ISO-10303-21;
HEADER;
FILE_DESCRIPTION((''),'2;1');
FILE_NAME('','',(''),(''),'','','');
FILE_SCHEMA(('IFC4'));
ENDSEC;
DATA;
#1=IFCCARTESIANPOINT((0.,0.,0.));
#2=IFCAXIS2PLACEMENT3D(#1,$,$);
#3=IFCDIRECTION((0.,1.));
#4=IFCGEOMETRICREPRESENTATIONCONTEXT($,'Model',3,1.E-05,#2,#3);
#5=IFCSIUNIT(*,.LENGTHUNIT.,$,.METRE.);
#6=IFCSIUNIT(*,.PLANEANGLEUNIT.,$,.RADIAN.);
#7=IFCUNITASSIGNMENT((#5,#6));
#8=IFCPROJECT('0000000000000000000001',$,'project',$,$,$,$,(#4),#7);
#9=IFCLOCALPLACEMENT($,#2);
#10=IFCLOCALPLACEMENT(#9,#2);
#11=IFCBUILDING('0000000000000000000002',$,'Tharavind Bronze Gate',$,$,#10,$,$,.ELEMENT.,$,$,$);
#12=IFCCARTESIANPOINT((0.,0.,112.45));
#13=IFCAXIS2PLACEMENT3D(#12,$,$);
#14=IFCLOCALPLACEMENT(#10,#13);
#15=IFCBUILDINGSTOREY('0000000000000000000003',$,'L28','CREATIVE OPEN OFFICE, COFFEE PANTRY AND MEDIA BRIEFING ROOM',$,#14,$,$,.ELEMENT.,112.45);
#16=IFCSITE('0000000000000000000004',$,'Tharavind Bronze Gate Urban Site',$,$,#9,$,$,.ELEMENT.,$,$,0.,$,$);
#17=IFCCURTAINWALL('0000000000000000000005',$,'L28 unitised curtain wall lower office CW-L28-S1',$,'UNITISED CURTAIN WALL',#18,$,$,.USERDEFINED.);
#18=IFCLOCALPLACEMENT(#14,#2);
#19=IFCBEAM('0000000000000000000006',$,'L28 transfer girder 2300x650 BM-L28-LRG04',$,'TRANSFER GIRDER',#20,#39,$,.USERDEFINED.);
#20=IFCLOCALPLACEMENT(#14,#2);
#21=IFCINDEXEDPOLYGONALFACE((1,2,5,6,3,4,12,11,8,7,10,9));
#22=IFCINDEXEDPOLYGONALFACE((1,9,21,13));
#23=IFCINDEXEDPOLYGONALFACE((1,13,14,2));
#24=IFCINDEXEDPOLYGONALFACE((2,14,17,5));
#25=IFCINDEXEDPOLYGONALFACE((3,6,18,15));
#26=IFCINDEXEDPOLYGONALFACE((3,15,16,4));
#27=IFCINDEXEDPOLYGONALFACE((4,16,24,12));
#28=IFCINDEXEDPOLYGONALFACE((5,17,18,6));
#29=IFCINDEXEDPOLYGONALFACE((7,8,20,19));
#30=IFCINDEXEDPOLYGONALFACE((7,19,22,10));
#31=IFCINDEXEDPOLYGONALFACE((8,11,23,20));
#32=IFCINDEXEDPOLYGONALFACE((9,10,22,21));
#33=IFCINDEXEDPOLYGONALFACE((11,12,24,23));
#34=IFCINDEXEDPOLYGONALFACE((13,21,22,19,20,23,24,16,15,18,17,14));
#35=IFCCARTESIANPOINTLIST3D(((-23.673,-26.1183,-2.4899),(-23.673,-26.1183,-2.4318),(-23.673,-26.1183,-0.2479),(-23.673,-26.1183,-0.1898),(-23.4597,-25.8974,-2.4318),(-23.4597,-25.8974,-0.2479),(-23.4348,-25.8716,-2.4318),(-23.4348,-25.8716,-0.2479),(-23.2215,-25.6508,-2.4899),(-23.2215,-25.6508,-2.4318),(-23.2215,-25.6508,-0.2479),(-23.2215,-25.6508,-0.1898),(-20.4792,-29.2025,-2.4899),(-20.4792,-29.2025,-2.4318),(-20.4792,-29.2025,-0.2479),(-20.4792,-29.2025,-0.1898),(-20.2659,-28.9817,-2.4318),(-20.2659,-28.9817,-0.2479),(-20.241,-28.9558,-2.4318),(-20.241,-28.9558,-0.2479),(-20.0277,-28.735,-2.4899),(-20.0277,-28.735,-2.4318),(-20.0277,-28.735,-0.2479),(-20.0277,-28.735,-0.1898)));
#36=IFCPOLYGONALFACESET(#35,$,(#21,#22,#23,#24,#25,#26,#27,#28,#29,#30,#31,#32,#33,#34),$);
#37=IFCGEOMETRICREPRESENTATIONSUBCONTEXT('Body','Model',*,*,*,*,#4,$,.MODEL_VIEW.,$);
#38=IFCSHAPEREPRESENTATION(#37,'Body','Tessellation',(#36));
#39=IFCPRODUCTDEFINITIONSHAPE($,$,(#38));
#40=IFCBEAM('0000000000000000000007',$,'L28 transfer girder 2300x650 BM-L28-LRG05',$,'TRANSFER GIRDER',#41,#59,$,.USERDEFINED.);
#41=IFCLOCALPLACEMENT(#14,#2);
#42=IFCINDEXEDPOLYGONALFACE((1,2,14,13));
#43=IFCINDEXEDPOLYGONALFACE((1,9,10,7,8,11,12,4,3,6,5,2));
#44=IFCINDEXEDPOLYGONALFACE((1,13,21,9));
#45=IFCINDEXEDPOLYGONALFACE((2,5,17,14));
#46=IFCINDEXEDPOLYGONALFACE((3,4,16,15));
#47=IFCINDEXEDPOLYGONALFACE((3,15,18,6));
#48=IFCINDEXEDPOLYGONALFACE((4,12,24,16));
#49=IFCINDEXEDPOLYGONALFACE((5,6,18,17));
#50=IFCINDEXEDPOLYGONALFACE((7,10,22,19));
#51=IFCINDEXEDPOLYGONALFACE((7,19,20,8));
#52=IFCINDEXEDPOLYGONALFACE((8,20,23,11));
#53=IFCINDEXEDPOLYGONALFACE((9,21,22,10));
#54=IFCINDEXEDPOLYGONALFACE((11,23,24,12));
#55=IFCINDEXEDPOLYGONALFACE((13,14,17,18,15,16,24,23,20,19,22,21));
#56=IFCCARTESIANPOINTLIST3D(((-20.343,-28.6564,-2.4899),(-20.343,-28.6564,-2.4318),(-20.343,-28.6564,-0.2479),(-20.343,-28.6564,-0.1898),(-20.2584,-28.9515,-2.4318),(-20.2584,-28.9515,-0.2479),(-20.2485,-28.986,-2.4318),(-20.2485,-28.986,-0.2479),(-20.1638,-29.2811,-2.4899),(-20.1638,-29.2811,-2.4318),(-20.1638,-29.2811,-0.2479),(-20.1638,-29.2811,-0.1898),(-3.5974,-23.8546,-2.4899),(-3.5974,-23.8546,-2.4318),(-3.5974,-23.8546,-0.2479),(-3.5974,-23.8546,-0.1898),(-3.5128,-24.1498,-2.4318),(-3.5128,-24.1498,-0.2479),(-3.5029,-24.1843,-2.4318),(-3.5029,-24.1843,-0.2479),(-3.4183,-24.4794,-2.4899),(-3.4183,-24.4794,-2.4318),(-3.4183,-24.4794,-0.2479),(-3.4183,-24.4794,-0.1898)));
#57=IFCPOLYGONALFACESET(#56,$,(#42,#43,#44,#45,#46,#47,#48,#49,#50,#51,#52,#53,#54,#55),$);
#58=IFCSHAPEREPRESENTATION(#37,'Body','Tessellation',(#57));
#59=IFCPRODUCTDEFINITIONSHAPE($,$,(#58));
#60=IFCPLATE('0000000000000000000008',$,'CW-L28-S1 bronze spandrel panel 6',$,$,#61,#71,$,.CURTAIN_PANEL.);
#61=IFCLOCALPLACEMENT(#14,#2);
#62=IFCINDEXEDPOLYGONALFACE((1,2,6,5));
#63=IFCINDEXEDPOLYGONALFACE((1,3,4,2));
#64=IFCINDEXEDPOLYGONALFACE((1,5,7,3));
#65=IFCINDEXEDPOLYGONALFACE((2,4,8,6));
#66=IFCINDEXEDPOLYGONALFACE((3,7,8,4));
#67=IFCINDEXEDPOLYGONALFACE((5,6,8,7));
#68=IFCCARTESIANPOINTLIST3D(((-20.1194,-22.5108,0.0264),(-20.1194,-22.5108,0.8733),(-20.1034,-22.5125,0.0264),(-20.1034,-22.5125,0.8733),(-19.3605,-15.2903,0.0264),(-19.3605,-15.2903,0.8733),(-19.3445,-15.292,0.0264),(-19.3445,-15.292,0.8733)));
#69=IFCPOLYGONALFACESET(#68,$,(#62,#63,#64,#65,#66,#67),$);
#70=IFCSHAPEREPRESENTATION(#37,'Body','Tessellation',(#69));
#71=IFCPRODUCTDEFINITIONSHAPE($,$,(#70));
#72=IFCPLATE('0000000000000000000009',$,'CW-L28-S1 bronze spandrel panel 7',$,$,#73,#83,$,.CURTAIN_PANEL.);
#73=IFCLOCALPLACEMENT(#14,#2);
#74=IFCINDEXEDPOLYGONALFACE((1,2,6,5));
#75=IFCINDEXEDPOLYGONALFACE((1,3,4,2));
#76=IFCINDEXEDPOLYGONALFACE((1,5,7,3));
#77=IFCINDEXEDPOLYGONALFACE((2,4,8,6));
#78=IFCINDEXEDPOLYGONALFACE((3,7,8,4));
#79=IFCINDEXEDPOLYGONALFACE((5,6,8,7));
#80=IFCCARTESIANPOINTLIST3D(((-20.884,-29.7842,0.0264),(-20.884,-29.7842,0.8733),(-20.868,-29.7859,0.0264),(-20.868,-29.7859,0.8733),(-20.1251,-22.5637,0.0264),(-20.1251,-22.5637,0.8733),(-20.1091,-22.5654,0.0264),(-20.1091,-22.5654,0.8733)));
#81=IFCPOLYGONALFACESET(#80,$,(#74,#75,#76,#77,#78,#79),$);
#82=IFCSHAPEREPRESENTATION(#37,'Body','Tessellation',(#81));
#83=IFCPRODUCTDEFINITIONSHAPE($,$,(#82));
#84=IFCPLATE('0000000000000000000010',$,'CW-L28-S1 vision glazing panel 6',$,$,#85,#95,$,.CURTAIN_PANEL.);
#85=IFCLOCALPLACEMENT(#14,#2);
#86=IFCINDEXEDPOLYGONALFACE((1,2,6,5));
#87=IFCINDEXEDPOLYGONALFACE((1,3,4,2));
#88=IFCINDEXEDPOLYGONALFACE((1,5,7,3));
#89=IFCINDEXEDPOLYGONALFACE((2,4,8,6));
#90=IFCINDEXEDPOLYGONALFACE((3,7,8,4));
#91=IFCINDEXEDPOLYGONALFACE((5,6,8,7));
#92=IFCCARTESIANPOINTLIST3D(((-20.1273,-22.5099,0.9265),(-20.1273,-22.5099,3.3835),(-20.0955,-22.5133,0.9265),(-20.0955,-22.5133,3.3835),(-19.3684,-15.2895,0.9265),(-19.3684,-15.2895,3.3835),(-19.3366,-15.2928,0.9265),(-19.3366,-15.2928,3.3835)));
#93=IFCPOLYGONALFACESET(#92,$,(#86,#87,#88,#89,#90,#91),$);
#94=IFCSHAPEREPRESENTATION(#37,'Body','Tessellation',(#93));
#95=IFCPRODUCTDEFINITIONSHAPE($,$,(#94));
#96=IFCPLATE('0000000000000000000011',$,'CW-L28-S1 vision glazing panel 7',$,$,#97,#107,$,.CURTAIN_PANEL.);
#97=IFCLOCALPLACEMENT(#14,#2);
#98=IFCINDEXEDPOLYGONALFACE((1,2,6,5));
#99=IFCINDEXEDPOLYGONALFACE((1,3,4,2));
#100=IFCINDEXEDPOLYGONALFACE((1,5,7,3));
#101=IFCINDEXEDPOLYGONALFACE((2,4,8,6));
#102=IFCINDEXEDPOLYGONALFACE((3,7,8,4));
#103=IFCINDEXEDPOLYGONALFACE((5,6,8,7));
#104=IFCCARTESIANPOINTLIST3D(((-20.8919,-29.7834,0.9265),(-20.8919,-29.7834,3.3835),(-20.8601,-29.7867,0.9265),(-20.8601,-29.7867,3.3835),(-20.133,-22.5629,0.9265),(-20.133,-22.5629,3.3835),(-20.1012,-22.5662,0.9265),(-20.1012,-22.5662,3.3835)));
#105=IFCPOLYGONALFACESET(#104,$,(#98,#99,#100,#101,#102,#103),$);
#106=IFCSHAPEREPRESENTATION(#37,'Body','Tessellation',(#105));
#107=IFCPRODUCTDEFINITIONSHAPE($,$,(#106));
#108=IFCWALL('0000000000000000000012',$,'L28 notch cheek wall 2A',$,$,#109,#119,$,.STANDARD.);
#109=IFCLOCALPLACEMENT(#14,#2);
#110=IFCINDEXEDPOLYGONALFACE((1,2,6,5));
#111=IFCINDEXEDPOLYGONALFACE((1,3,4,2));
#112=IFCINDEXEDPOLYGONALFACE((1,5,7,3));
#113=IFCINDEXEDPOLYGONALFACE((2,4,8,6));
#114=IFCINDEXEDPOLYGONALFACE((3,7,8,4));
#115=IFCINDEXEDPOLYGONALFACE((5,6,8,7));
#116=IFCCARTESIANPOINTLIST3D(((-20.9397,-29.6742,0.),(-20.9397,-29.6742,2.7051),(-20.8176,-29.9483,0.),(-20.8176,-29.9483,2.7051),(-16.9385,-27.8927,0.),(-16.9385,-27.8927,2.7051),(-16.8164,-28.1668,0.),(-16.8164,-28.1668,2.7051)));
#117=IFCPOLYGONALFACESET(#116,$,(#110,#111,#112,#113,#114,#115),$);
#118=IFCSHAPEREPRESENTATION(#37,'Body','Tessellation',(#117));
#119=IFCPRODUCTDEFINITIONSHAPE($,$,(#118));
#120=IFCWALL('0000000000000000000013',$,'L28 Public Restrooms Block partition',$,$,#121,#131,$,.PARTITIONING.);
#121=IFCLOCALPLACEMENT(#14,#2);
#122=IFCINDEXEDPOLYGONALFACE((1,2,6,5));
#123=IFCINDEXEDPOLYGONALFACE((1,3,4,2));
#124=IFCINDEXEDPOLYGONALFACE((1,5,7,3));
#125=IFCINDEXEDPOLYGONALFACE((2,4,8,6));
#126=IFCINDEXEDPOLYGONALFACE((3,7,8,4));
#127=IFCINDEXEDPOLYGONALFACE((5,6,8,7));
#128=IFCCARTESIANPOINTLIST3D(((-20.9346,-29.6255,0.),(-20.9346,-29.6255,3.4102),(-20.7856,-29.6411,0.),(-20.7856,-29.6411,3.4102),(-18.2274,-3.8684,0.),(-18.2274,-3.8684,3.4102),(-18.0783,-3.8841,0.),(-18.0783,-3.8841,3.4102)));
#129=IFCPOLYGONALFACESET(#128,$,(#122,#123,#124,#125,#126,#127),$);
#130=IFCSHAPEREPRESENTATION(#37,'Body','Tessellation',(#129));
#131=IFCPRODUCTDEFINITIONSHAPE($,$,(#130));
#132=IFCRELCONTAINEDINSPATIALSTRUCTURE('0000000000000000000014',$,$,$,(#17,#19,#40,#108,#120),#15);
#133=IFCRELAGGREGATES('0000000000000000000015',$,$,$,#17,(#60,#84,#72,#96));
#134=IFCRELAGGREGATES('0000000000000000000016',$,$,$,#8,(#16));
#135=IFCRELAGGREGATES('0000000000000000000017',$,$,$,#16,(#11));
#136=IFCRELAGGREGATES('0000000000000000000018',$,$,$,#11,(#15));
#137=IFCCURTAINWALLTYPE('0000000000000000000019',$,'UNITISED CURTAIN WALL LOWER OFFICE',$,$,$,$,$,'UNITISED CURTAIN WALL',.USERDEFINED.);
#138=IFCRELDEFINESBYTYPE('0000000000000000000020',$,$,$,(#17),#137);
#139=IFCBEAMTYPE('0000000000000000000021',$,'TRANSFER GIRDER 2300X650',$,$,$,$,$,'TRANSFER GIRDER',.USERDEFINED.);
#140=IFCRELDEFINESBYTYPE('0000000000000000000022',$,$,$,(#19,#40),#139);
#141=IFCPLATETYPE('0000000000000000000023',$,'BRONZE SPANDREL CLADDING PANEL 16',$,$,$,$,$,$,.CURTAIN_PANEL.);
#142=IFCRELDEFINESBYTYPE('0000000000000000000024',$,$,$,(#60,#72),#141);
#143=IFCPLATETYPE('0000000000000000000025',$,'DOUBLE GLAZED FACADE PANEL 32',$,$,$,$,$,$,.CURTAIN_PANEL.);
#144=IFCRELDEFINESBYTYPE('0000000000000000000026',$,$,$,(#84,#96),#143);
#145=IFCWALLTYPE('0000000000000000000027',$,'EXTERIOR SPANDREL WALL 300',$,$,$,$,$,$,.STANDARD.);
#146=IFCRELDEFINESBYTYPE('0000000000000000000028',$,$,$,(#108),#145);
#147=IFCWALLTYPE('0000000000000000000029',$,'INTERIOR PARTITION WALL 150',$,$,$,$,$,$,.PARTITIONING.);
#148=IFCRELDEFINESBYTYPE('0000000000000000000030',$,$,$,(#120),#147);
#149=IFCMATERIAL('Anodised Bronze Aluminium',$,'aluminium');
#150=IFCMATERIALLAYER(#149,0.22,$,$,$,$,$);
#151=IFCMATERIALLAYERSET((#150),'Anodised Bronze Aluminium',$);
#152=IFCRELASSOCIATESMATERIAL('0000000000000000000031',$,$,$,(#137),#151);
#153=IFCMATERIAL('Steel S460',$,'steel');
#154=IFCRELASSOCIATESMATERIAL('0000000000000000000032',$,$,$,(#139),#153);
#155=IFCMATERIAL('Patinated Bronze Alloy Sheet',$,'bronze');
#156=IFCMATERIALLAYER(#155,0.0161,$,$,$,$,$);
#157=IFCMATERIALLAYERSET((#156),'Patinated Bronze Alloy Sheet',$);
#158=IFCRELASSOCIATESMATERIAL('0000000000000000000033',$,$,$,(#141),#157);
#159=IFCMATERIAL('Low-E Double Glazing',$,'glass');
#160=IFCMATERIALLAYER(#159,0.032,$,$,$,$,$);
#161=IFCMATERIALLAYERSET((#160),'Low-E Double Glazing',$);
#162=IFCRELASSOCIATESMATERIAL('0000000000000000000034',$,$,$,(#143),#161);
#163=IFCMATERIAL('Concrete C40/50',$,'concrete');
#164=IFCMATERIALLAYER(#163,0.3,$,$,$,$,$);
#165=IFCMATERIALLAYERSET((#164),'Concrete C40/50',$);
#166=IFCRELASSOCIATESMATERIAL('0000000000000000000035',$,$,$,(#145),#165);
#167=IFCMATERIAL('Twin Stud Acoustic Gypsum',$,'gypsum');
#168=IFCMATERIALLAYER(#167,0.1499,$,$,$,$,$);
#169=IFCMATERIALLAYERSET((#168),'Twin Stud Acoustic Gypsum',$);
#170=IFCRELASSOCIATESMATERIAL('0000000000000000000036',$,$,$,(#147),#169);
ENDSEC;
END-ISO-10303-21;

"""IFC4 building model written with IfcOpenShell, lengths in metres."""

from ifc_helpers import new_model, si_unit, direction, frame, frame_2d, origin, origin_2d, place, context, subcontext, project, spatial, rectangle, i_section, extrude, material, layer, layer_set, material_profile, profile_set, type_object, element, aggregate, save


model = new_model("IFC4")

# Units and contexts
model_context = context("Model", 3, precision=1e-05, world=origin(), true_north=direction((0.0, 1.0)))
body_context = subcontext(model_context, "Body", "Model", "MODEL_VIEW")
ifc_project = project(units=[si_unit("LENGTHUNIT", "METRE"), si_unit("PLANEANGLEUNIT", "RADIAN")], contexts=[model_context])

# Site, building, storey
site_placement = place(None, origin())
site = spatial("IfcSite", under=ifc_project, at=site_placement, Name="Tharavind Bronze Gate Urban Site", CompositionType="ELEMENT", RefElevation=0.0)
building_placement = place(site_placement, origin())
building = spatial("IfcBuilding", under=site, at=building_placement, Name="Tharavind Bronze Gate", CompositionType="ELEMENT")
storey_placement = place(building_placement, frame((0.0, 0.0, 112.45)))
storey = spatial("IfcBuildingStorey", under=building, at=storey_placement, Name="L28", Description="CREATIVE OPEN OFFICE, COFFEE PANTRY AND MEDIA BRIEFING ROOM", CompositionType="ELEMENT", Elevation=112.45)

# Shared definitions
ifc_material_1 = material(Name="Steel S460", Category="steel")

# Curtain wall
ifc_material_2 = material(Name="Anodised Bronze Aluminium", Category="aluminium")
ifc_layer_1 = layer(ifc_material_2, 0.22)
ifc_layer_set_1 = layer_set([ifc_layer_1], Name="Anodised Bronze Aluminium")
curtain_wall_type = type_object("IfcCurtainWallType", Name="UNITISED CURTAIN WALL LOWER OFFICE", ElementType="UNITISED CURTAIN WALL", PredefinedType="USERDEFINED", material=ifc_layer_set_1)
curtain_wall_1_placement = place(storey_placement, origin())
curtain_wall_1 = element("IfcCurtainWall", 1, at=curtain_wall_1_placement, inside=storey, type_object=curtain_wall_type, Name="L28 unitised curtain wall lower office CW-L28-S1", ObjectType="UNITISED CURTAIN WALL", PredefinedType="USERDEFINED")

# Beams
ifc_material_profile_1 = material_profile(ifc_material_1, i_section(OverallWidth=0.6499, OverallDepth=2.3, WebThickness=0.0359, FlangeThickness=0.0581, at=origin_2d()), Name="PG2300X650")
ifc_profile_set_1 = profile_set([ifc_material_profile_1], Name="Steel S460")
beam_type_1 = type_object("IfcBeamType", Name="TRANSFER GIRDER 2300X650", ElementType="TRANSFER GIRDER", PredefinedType="USERDEFINED", material=ifc_profile_set_1)
beam_1_placement = place(storey_placement, frame((-23.4473, -25.8845, -1.3398), z_axis=(0.719344, -0.694654, 0.0), x_axis=(0.694654, 0.719344, 0.0)))
element("IfcBeam", 2, at=beam_1_placement, inside=storey, type_object=beam_type_1, Name="L28 transfer girder 2300x650 BM-L28-LRG04", ObjectType="TRANSFER GIRDER", PredefinedType="USERDEFINED", context=body_context, shape_type="SweptSolid", body=[
    extrude(i_section(OverallWidth=0.6499, OverallDepth=2.3, WebThickness=0.0359, FlangeThickness=0.0581, at=origin_2d()), origin(), (0.0, 0.0, 1.0), 4.4399),
])
beam_2_placement = place(storey_placement, frame((-20.2534, -28.9688, -1.3398), z_axis=(0.961261, 0.275639, 0.0), x_axis=(-0.275639, 0.961261, 0.0)))
element("IfcBeam", 3, at=beam_2_placement, inside=storey, type_object=beam_type_1, Name="L28 transfer girder 2300x650 BM-L28-LRG05", ObjectType="TRANSFER GIRDER", PredefinedType="USERDEFINED", context=body_context, shape_type="SweptSolid", body=[
    extrude(i_section(OverallWidth=0.6499, OverallDepth=2.3, WebThickness=0.0359, FlangeThickness=0.0581, at=origin_2d()), origin(), (0.0, 0.0, 1.0), 17.4204),
])

# Plates
ifc_material_3 = material(Name="Patinated Bronze Alloy Sheet", Category="bronze")
ifc_layer_2 = layer(ifc_material_3, 0.0161)
ifc_layer_set_2 = layer_set([ifc_layer_2], Name="Patinated Bronze Alloy Sheet")
plate_type_1 = type_object("IfcPlateType", Name="BRONZE SPANDREL CLADDING PANEL 16", PredefinedType="CURTAIN_PANEL", material=ifc_layer_set_2)
plate_1_placement = place(storey_placement, frame((-19.7319, -18.9014, 0.0264), z_axis=(0.0, 0.0, 1.0), x_axis=(-0.104527, -0.994522, 0.0)))
plate_1 = element("IfcPlate", 4, at=plate_1_placement, type_object=plate_type_1, Name="CW-L28-S1 bronze spandrel panel 6", PredefinedType="CURTAIN_PANEL", context=body_context, shape_type="SweptSolid", body=[
    extrude(rectangle(XDim=7.2603, YDim=0.0161, at=origin_2d()), origin(), (0.0, 0.0, 1.0), 0.8469),
])
plate_2_placement = place(storey_placement, frame((-20.4966, -26.1748, 0.0264), z_axis=(0.0, 0.0, 1.0), x_axis=(-0.104527, -0.994522, 0.0)))
plate_2 = element("IfcPlate", 5, at=plate_2_placement, type_object=plate_type_1, Name="CW-L28-S1 bronze spandrel panel 7", PredefinedType="CURTAIN_PANEL", context=body_context, shape_type="SweptSolid", body=[
    extrude(rectangle(XDim=7.2603, YDim=0.0161, at=origin_2d()), origin(), (0.0, 0.0, 1.0), 0.8469),
])
ifc_material_4 = material(Name="Low-E Double Glazing", Category="glass")
ifc_layer_3 = layer(ifc_material_4, 0.032)
ifc_layer_set_3 = layer_set([ifc_layer_3], Name="Low-E Double Glazing")
plate_type_2 = type_object("IfcPlateType", Name="DOUBLE GLAZED FACADE PANEL 32", PredefinedType="CURTAIN_PANEL", material=ifc_layer_set_3)
plate_3_placement = place(storey_placement, frame((-19.7319, -18.9014, 0.9265), z_axis=(0.0, 0.0, 1.0), x_axis=(-0.104527, -0.994522, 0.0)))
plate_3 = element("IfcPlate", 6, at=plate_3_placement, type_object=plate_type_2, Name="CW-L28-S1 vision glazing panel 6", PredefinedType="CURTAIN_PANEL", context=body_context, shape_type="SweptSolid", body=[
    extrude(rectangle(XDim=7.2603, YDim=0.032, at=origin_2d()), origin(), (0.0, 0.0, 1.0), 2.457),
])
plate_4_placement = place(storey_placement, frame((-20.4966, -26.1748, 0.9265), z_axis=(0.0, 0.0, 1.0), x_axis=(-0.104527, -0.994522, 0.0)))
plate_4 = element("IfcPlate", 7, at=plate_4_placement, type_object=plate_type_2, Name="CW-L28-S1 vision glazing panel 7", PredefinedType="CURTAIN_PANEL", context=body_context, shape_type="SweptSolid", body=[
    extrude(rectangle(XDim=7.2603, YDim=0.032, at=origin_2d()), origin(), (0.0, 0.0, 1.0), 2.457),
])
aggregate(curtain_wall_1, [plate_1, plate_3, plate_2, plate_4])

# Walls
ifc_material_5 = material(Name="Concrete C40/50", Category="concrete")
ifc_layer_4 = layer(ifc_material_5, 0.3)
ifc_layer_set_4 = layer_set([ifc_layer_4], Name="Concrete C40/50")
wall_type_1 = type_object("IfcWallType", Name="EXTERIOR SPANDREL WALL 300", PredefinedType="STANDARD", material=ifc_layer_set_4)
wall_1_placement = place(storey_placement, frame((-20.8787, -29.8113, 0.0), z_axis=(0.0, 0.0, 1.0), x_axis=(0.913542, 0.406743, 0.0)))
element("IfcWall", 8, at=wall_1_placement, inside=storey, type_object=wall_type_1, Name="L28 notch cheek wall 2A", PredefinedType="STANDARD", context=body_context, shape_type="SweptSolid", body=[
    extrude(rectangle(XDim=4.3799, YDim=0.3, at=frame_2d((2.1899, 0.0))), origin(), (0.0, 0.0, 1.0), 2.7051),
])
ifc_material_6 = material(Name="Twin Stud Acoustic Gypsum", Category="gypsum")
ifc_layer_5 = layer(ifc_material_6, 0.1499)
ifc_layer_set_5 = layer_set([ifc_layer_5], Name="Twin Stud Acoustic Gypsum")
wall_type_2 = type_object("IfcWallType", Name="INTERIOR PARTITION WALL 150", PredefinedType="PARTITIONING", material=ifc_layer_set_5)
wall_2_placement = place(storey_placement, frame((-20.8601, -29.6333, 0.0), z_axis=(0.0, 0.0, 1.0), x_axis=(0.104532, 0.994522, 0.0)))
element("IfcWall", 9, at=wall_2_placement, inside=storey, type_object=wall_type_2, Name="L28 Public Restrooms Block partition", PredefinedType="PARTITIONING", context=body_context, shape_type="SweptSolid", body=[
    extrude(rectangle(XDim=25.8989, YDim=0.1499, at=frame_2d((12.9495, 0.0))), origin(), (0.0, 0.0, 1.0), 3.4102),
])

save(model, "model.ifc")
